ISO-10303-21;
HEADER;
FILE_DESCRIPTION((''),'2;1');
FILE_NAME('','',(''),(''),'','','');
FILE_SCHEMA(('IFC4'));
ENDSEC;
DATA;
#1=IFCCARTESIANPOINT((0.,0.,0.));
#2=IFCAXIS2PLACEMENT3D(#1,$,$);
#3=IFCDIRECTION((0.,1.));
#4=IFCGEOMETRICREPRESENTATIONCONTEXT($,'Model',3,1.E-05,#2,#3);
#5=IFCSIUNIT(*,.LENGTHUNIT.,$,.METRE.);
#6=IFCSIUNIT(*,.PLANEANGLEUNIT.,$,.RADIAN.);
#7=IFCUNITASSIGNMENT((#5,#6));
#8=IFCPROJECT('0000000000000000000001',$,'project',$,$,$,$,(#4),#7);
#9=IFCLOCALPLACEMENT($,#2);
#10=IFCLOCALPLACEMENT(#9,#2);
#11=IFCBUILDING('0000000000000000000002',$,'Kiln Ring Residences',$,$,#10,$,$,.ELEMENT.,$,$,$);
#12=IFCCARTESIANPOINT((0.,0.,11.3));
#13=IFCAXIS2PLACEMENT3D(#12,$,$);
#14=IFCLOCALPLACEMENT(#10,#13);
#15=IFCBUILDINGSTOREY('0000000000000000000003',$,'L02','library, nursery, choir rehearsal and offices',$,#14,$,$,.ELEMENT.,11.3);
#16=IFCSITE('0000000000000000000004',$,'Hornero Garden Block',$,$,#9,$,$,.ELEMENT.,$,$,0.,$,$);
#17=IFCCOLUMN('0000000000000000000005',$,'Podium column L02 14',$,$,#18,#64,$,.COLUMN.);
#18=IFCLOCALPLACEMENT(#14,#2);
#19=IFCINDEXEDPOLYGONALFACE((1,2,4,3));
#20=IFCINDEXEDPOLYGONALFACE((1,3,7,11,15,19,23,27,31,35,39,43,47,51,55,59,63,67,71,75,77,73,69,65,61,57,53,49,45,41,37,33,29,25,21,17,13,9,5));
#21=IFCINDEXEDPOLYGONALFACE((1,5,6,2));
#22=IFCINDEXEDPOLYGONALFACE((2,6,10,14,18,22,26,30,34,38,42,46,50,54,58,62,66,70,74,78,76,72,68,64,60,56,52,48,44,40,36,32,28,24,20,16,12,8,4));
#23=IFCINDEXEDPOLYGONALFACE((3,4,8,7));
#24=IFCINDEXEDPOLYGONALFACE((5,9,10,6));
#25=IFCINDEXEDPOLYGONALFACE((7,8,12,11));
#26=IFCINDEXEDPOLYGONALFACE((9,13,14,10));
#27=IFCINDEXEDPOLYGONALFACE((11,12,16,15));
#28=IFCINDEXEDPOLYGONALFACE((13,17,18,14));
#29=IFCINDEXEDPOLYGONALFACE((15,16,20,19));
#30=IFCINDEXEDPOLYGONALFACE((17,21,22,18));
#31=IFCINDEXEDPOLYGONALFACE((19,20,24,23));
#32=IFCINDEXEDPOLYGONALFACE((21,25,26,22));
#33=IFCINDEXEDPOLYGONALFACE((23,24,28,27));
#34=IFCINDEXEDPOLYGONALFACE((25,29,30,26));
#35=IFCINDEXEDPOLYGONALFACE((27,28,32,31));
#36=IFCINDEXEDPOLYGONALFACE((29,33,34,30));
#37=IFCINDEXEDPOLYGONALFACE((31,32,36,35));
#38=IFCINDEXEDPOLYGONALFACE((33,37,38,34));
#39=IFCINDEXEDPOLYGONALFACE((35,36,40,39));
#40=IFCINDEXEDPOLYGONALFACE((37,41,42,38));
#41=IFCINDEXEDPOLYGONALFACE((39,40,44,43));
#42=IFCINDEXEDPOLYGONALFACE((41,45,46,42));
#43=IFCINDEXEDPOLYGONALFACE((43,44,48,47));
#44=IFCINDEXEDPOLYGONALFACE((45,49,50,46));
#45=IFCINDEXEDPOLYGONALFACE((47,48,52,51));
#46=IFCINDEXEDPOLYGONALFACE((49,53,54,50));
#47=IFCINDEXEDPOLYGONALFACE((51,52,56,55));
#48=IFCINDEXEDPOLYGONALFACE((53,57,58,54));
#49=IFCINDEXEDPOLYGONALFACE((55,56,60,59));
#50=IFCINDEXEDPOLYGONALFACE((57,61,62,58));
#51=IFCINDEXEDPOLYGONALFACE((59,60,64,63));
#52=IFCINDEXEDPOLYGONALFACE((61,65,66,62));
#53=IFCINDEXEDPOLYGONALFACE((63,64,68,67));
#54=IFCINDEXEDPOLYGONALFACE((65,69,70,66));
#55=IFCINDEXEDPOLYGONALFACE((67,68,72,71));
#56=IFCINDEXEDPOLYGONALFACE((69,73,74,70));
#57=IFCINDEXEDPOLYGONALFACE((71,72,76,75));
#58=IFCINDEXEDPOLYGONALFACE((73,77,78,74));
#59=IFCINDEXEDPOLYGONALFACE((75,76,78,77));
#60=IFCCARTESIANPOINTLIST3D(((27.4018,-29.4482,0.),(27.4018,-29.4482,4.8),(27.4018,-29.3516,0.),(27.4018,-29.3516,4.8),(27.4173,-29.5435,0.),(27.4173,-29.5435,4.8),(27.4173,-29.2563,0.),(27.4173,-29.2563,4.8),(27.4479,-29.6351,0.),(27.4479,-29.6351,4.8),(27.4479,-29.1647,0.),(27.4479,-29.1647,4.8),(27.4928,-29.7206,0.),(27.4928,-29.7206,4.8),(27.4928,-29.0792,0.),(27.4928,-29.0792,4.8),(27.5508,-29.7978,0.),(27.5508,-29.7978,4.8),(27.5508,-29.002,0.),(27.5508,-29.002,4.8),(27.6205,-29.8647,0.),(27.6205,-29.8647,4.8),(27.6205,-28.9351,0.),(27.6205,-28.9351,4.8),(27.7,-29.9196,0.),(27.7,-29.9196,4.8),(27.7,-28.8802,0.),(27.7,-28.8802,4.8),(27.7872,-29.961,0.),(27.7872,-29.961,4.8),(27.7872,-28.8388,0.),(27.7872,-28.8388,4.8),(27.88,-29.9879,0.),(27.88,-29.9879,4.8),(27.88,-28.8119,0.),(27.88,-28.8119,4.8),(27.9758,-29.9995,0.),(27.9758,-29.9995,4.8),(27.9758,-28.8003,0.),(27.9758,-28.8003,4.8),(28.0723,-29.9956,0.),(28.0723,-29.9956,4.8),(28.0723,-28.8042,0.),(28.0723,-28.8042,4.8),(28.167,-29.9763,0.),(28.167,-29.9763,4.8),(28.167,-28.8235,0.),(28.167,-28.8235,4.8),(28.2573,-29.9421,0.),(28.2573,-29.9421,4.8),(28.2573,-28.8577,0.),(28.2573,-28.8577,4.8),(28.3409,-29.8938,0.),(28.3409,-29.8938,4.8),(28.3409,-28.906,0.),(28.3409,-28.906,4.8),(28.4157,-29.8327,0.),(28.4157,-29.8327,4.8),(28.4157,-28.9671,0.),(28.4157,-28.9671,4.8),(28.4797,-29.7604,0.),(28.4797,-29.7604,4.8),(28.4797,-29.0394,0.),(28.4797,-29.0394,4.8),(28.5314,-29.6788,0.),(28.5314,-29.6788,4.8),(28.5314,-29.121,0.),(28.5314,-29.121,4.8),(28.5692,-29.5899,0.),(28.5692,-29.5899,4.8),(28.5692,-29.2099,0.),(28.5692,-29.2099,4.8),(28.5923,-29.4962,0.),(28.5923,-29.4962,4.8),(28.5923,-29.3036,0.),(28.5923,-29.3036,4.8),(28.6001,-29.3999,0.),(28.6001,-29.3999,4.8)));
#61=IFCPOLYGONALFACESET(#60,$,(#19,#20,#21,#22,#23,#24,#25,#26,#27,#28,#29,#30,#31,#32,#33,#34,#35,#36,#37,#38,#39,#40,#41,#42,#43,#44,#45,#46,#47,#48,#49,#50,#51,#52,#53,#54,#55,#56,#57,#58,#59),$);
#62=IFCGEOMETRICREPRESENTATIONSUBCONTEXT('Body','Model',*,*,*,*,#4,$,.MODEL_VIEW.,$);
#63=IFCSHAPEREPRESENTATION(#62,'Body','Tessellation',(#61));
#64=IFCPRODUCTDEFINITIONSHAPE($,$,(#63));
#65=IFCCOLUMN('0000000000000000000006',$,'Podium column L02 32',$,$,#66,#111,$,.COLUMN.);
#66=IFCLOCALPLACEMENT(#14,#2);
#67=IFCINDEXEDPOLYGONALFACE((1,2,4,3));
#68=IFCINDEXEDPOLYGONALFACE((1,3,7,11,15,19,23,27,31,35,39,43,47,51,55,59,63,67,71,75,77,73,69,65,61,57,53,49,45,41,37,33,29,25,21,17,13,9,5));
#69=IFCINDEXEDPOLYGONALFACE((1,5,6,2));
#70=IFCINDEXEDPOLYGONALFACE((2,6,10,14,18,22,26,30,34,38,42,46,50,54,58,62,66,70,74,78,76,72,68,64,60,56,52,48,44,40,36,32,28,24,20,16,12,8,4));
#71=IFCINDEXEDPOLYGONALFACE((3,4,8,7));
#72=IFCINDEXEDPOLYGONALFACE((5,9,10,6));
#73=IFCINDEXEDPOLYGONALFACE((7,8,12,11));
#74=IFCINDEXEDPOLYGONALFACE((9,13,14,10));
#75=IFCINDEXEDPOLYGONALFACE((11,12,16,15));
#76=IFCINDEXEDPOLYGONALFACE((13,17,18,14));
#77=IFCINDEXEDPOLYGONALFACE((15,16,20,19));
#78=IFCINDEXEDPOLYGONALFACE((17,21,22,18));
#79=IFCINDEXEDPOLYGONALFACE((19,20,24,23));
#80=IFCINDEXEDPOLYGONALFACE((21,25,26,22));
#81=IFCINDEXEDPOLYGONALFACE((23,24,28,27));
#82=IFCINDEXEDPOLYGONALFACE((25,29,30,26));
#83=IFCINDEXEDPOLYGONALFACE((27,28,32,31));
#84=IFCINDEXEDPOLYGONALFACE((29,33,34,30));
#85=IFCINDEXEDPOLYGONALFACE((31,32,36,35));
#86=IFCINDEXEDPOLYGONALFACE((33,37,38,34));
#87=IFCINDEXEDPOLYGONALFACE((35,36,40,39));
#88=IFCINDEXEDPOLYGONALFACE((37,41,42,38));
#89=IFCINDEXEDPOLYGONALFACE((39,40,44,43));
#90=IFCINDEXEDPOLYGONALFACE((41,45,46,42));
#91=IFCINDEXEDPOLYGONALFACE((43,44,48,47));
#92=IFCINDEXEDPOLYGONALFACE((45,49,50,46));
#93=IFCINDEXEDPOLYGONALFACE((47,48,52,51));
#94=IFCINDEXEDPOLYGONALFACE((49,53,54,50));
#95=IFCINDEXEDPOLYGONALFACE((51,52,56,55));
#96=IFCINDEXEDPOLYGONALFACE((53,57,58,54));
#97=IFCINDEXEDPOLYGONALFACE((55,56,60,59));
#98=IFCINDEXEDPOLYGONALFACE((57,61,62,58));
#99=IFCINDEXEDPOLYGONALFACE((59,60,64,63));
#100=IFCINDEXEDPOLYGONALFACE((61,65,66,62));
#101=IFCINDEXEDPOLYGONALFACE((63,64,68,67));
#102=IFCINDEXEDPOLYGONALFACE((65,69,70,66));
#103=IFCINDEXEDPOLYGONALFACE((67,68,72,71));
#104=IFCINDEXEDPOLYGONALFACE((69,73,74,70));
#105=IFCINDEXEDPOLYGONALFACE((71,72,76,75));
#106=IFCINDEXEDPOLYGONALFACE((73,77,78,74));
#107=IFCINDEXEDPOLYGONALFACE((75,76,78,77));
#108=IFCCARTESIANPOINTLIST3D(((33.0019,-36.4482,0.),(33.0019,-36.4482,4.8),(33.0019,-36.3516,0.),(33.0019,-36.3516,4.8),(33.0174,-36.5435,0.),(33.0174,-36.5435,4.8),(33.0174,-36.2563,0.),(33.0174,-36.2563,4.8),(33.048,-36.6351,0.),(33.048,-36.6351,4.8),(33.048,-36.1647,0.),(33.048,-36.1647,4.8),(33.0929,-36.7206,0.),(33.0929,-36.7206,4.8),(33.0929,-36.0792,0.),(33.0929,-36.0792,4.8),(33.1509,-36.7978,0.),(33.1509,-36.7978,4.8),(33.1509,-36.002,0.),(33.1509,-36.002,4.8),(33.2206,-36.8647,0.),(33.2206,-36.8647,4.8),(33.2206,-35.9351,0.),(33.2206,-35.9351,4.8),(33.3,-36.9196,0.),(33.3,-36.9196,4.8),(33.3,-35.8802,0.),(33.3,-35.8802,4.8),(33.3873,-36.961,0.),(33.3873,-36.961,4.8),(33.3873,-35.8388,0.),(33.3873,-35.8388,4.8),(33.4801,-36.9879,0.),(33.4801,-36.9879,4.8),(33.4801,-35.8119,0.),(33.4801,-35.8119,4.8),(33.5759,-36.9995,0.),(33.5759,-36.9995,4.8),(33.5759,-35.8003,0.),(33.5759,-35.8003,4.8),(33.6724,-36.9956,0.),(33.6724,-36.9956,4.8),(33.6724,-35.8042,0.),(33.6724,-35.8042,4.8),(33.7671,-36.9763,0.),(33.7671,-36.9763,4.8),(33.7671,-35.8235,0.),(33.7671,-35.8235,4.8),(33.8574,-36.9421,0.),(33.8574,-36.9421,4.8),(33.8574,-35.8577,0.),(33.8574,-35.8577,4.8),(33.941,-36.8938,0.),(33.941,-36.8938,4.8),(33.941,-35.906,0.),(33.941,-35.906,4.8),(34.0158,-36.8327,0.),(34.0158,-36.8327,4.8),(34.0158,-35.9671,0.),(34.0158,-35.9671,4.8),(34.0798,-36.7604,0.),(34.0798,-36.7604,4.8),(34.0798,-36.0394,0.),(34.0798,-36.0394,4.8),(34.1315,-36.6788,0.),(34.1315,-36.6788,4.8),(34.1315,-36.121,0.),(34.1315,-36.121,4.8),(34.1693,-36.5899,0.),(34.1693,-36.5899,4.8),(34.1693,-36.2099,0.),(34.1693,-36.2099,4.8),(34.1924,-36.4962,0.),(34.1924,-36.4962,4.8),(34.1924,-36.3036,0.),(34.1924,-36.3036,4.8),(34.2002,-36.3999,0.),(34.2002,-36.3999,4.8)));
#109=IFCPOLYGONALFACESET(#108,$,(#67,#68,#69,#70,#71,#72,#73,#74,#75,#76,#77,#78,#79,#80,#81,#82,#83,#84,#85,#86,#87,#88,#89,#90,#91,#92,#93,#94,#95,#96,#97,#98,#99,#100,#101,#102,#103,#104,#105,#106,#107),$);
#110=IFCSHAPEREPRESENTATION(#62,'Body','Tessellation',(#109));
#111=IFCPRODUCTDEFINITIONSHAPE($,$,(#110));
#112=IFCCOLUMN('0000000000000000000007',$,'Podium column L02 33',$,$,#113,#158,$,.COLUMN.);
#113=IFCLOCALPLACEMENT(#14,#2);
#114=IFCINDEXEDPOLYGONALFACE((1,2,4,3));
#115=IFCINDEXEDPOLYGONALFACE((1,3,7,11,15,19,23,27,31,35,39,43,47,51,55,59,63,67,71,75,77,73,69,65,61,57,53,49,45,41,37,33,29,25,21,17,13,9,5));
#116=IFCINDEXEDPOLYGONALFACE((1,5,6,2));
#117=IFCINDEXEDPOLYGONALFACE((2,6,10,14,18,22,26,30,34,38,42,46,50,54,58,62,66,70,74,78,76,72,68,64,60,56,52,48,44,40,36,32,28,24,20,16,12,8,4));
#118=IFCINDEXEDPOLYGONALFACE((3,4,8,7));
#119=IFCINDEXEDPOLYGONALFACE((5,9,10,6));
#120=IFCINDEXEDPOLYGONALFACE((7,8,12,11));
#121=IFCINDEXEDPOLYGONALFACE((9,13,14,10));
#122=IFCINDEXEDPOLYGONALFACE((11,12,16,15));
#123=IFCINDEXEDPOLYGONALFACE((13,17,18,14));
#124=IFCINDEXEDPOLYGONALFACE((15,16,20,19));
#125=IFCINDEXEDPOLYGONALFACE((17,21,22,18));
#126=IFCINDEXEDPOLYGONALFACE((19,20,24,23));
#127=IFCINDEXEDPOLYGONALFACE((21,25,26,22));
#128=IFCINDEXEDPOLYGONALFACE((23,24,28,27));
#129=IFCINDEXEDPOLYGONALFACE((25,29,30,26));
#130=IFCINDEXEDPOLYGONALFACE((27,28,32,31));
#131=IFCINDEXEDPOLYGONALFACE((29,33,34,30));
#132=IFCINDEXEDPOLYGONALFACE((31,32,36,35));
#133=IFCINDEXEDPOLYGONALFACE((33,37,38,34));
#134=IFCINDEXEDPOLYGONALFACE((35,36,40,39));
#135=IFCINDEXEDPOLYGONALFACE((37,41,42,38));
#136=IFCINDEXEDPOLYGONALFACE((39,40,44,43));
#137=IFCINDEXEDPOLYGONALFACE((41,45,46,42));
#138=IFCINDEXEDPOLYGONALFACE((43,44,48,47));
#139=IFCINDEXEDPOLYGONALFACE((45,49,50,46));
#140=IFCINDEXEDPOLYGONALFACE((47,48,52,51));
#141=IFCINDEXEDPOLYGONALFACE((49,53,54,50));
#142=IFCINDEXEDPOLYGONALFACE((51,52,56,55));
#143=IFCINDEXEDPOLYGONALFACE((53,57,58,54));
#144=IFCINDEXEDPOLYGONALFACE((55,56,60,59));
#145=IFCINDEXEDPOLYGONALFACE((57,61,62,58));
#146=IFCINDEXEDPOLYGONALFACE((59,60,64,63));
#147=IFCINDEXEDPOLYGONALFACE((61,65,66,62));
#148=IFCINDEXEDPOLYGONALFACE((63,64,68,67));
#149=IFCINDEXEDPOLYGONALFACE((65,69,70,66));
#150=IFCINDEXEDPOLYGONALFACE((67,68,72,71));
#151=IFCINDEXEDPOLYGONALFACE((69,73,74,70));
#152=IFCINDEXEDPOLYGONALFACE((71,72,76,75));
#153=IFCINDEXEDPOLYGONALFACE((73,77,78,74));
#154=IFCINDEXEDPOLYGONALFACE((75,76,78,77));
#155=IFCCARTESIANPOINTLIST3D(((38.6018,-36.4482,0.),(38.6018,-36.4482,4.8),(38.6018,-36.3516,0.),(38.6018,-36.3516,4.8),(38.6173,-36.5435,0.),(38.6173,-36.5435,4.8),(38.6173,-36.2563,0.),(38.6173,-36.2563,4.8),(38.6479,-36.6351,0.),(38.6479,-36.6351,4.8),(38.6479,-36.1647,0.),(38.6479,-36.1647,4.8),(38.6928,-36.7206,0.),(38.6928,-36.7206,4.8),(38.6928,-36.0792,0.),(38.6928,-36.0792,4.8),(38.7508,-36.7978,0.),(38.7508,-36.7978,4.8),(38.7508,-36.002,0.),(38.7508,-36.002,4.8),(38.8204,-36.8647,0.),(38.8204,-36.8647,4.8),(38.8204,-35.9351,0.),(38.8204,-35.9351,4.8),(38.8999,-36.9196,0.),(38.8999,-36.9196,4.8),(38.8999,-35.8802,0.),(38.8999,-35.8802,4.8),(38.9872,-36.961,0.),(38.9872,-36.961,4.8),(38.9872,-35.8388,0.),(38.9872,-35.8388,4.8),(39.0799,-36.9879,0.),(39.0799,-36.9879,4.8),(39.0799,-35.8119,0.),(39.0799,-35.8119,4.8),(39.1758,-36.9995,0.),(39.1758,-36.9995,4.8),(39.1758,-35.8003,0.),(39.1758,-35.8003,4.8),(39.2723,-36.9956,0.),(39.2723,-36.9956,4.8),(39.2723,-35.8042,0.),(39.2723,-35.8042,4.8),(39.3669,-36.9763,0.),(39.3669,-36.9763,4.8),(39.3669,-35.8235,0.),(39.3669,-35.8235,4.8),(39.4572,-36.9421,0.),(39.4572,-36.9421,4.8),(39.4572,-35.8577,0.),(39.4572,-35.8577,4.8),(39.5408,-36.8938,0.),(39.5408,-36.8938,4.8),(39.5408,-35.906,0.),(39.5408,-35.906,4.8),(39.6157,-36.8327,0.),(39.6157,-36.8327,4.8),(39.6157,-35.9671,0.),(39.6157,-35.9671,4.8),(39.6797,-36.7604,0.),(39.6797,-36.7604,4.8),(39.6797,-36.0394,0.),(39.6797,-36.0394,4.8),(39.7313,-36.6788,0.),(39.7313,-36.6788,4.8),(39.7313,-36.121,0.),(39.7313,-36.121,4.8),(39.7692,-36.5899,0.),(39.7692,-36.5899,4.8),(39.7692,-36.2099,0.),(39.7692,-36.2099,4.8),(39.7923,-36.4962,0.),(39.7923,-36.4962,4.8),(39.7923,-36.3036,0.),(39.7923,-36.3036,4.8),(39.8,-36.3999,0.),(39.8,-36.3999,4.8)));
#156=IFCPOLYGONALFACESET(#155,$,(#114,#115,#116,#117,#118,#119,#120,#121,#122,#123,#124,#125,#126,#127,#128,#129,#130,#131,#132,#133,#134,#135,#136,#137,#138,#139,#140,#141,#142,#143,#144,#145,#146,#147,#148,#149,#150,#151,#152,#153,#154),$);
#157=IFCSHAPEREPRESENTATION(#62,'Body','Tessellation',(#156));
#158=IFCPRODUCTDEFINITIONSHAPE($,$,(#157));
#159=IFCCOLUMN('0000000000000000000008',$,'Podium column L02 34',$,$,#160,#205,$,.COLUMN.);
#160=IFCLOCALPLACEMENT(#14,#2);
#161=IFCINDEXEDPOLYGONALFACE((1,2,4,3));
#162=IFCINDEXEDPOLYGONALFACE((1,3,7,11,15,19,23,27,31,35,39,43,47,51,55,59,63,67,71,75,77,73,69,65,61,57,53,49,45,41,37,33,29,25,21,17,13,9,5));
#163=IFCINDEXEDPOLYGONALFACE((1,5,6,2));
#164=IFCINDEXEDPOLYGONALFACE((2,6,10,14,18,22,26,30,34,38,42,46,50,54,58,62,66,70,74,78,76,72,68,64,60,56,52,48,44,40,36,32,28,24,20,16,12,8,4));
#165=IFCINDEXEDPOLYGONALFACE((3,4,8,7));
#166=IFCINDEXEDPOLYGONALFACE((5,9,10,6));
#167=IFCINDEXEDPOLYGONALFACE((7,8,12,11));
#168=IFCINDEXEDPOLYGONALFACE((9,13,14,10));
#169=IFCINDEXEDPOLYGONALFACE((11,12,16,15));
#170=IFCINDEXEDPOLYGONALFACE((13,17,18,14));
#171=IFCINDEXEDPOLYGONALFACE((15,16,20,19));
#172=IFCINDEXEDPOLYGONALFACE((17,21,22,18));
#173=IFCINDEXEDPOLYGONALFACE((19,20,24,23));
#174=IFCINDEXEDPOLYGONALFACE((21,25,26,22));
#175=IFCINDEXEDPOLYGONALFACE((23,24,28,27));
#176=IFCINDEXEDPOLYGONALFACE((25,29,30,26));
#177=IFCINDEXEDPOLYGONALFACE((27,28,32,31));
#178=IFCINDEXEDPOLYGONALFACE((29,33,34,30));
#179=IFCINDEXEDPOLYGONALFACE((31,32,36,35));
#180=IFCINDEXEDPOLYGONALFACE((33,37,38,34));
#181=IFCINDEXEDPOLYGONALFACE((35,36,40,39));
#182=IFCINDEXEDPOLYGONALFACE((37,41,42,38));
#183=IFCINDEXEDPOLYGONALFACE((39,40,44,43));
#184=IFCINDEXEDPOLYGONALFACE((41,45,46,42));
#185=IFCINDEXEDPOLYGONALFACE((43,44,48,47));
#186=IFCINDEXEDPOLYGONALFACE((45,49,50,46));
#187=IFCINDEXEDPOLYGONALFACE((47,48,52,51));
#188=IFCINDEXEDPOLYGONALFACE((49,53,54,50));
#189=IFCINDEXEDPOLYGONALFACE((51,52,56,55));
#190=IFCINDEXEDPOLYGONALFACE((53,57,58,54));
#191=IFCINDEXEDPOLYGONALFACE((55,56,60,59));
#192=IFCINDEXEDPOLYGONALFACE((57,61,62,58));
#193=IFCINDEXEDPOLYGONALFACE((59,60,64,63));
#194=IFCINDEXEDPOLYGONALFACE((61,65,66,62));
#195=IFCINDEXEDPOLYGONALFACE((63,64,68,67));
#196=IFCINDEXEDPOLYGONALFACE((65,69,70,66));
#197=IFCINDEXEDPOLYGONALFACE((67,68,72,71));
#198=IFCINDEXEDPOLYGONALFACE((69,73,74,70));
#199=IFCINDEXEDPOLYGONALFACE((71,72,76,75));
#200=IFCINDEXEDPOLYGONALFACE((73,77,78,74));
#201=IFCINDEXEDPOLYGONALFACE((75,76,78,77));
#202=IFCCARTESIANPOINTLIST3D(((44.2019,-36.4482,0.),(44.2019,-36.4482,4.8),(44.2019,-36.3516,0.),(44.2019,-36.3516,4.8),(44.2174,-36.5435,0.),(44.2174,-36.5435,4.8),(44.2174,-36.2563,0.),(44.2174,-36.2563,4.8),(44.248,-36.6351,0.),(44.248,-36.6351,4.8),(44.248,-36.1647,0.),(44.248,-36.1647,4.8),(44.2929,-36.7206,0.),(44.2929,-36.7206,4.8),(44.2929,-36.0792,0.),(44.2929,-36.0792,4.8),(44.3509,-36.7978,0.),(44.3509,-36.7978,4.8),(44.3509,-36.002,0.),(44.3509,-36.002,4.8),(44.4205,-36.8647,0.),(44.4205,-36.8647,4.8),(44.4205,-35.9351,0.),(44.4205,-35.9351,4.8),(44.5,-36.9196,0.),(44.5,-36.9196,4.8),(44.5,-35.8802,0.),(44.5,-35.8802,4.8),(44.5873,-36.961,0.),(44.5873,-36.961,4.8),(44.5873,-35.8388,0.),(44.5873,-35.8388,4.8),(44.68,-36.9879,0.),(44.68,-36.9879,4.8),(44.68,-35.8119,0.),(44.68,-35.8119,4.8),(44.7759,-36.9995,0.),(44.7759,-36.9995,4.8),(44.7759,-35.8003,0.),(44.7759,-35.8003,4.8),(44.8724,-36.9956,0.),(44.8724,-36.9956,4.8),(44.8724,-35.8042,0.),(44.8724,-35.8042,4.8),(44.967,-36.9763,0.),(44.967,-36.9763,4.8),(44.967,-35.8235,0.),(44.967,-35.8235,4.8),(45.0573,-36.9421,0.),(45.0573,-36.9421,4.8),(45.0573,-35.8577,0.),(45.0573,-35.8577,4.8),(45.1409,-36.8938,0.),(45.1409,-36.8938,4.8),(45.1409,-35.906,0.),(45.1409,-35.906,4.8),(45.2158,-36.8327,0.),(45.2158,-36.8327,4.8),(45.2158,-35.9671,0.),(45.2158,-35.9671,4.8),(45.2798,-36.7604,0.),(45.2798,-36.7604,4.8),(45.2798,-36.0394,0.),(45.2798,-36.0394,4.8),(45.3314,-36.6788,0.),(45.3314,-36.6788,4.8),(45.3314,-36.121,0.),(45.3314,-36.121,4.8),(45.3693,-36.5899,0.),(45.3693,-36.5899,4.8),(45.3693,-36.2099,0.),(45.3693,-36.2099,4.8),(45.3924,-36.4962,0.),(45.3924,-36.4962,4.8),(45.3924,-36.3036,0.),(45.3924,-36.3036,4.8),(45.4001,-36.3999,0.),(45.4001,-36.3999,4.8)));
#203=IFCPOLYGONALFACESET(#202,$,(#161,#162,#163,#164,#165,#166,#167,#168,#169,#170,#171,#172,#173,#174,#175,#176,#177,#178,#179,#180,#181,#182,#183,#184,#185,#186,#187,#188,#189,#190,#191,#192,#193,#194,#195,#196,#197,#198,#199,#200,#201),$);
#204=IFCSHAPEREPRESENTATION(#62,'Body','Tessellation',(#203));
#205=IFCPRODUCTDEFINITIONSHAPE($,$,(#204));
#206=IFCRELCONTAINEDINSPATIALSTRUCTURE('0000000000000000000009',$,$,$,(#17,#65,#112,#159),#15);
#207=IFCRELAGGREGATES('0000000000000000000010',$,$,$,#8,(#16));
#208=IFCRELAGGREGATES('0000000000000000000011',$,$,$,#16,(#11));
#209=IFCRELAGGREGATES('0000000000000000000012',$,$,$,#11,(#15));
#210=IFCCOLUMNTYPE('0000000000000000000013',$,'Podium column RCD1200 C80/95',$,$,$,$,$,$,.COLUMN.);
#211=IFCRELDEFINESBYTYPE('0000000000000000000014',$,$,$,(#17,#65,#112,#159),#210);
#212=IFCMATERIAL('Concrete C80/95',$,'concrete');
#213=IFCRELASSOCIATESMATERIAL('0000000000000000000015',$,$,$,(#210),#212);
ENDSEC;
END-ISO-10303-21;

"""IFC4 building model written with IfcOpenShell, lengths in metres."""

from ifc_helpers import new_model, si_unit, direction, frame, origin, origin_2d, place, context, subcontext, project, spatial, circle, extrude, material, material_profile, profile_set, type_object, element, save


model = new_model("IFC4")

# Units and contexts
model_context = context("Model", 3, precision=1e-05, world=origin(), true_north=direction((0.0, 1.0)))
body_context = subcontext(model_context, "Body", "Model", "MODEL_VIEW")
ifc_project = project(units=[si_unit("LENGTHUNIT", "METRE"), si_unit("PLANEANGLEUNIT", "RADIAN")], contexts=[model_context])

# Site, building, storey
site_placement = place(None, origin())
site = spatial("IfcSite", under=ifc_project, at=site_placement, Name="Hornero Garden Block", CompositionType="ELEMENT", RefElevation=0.0)
building_placement = place(site_placement, origin())
building = spatial("IfcBuilding", under=site, at=building_placement, Name="Kiln Ring Residences", CompositionType="ELEMENT")
storey_placement = place(building_placement, frame((0.0, 0.0, 11.3)))
storey = spatial("IfcBuildingStorey", under=building, at=storey_placement, Name="L02", Description="library, nursery, choir rehearsal and offices", CompositionType="ELEMENT", Elevation=11.3)

# Columns
ifc_material_1 = material(Name="Concrete C80/95", Category="concrete")
ifc_material_profile_1 = material_profile(ifc_material_1, circle(Radius=0.6001, at=origin_2d()), Name="RCD1200")
ifc_profile_set_1 = profile_set([ifc_material_profile_1], Name="Concrete C80/95")
column_type = type_object("IfcColumnType", Name="Podium column RCD1200 C80/95", PredefinedType="COLUMN", material=ifc_profile_set_1)
for number, where, z_axis, x_axis, name in (
    (1, (28.0, -29.3999, 0.0), (0.0, 0.0, 1.0), (1.0, 0.0, 0.0), "Podium column L02 14"),
    (2, (33.6001, -36.3999, 0.0), (0.0, 0.0, 1.0), (1.0, 0.0, 0.0), "Podium column L02 32"),
    (3, (39.2, -36.3999, 0.0), (0.0, 0.0, 1.0), (1.0, 0.0, 0.0), "Podium column L02 33"),
    (4, (44.8, -36.3999, 0.0), (0.0, 0.0, 1.0), (1.0, 0.0, 0.0), "Podium column L02 34"),
):
    element("IfcColumn", number, at=place(storey_placement, frame(where, z_axis=z_axis, x_axis=x_axis)), inside=storey, type_object=column_type, Name=name, PredefinedType="COLUMN", context=body_context, shape_type="SweptSolid", body=[
        extrude(circle(Radius=0.6001, at=origin_2d()), origin(), (0.0, 0.0, 1.0), 4.8),
    ])

save(model, "model.ifc")
